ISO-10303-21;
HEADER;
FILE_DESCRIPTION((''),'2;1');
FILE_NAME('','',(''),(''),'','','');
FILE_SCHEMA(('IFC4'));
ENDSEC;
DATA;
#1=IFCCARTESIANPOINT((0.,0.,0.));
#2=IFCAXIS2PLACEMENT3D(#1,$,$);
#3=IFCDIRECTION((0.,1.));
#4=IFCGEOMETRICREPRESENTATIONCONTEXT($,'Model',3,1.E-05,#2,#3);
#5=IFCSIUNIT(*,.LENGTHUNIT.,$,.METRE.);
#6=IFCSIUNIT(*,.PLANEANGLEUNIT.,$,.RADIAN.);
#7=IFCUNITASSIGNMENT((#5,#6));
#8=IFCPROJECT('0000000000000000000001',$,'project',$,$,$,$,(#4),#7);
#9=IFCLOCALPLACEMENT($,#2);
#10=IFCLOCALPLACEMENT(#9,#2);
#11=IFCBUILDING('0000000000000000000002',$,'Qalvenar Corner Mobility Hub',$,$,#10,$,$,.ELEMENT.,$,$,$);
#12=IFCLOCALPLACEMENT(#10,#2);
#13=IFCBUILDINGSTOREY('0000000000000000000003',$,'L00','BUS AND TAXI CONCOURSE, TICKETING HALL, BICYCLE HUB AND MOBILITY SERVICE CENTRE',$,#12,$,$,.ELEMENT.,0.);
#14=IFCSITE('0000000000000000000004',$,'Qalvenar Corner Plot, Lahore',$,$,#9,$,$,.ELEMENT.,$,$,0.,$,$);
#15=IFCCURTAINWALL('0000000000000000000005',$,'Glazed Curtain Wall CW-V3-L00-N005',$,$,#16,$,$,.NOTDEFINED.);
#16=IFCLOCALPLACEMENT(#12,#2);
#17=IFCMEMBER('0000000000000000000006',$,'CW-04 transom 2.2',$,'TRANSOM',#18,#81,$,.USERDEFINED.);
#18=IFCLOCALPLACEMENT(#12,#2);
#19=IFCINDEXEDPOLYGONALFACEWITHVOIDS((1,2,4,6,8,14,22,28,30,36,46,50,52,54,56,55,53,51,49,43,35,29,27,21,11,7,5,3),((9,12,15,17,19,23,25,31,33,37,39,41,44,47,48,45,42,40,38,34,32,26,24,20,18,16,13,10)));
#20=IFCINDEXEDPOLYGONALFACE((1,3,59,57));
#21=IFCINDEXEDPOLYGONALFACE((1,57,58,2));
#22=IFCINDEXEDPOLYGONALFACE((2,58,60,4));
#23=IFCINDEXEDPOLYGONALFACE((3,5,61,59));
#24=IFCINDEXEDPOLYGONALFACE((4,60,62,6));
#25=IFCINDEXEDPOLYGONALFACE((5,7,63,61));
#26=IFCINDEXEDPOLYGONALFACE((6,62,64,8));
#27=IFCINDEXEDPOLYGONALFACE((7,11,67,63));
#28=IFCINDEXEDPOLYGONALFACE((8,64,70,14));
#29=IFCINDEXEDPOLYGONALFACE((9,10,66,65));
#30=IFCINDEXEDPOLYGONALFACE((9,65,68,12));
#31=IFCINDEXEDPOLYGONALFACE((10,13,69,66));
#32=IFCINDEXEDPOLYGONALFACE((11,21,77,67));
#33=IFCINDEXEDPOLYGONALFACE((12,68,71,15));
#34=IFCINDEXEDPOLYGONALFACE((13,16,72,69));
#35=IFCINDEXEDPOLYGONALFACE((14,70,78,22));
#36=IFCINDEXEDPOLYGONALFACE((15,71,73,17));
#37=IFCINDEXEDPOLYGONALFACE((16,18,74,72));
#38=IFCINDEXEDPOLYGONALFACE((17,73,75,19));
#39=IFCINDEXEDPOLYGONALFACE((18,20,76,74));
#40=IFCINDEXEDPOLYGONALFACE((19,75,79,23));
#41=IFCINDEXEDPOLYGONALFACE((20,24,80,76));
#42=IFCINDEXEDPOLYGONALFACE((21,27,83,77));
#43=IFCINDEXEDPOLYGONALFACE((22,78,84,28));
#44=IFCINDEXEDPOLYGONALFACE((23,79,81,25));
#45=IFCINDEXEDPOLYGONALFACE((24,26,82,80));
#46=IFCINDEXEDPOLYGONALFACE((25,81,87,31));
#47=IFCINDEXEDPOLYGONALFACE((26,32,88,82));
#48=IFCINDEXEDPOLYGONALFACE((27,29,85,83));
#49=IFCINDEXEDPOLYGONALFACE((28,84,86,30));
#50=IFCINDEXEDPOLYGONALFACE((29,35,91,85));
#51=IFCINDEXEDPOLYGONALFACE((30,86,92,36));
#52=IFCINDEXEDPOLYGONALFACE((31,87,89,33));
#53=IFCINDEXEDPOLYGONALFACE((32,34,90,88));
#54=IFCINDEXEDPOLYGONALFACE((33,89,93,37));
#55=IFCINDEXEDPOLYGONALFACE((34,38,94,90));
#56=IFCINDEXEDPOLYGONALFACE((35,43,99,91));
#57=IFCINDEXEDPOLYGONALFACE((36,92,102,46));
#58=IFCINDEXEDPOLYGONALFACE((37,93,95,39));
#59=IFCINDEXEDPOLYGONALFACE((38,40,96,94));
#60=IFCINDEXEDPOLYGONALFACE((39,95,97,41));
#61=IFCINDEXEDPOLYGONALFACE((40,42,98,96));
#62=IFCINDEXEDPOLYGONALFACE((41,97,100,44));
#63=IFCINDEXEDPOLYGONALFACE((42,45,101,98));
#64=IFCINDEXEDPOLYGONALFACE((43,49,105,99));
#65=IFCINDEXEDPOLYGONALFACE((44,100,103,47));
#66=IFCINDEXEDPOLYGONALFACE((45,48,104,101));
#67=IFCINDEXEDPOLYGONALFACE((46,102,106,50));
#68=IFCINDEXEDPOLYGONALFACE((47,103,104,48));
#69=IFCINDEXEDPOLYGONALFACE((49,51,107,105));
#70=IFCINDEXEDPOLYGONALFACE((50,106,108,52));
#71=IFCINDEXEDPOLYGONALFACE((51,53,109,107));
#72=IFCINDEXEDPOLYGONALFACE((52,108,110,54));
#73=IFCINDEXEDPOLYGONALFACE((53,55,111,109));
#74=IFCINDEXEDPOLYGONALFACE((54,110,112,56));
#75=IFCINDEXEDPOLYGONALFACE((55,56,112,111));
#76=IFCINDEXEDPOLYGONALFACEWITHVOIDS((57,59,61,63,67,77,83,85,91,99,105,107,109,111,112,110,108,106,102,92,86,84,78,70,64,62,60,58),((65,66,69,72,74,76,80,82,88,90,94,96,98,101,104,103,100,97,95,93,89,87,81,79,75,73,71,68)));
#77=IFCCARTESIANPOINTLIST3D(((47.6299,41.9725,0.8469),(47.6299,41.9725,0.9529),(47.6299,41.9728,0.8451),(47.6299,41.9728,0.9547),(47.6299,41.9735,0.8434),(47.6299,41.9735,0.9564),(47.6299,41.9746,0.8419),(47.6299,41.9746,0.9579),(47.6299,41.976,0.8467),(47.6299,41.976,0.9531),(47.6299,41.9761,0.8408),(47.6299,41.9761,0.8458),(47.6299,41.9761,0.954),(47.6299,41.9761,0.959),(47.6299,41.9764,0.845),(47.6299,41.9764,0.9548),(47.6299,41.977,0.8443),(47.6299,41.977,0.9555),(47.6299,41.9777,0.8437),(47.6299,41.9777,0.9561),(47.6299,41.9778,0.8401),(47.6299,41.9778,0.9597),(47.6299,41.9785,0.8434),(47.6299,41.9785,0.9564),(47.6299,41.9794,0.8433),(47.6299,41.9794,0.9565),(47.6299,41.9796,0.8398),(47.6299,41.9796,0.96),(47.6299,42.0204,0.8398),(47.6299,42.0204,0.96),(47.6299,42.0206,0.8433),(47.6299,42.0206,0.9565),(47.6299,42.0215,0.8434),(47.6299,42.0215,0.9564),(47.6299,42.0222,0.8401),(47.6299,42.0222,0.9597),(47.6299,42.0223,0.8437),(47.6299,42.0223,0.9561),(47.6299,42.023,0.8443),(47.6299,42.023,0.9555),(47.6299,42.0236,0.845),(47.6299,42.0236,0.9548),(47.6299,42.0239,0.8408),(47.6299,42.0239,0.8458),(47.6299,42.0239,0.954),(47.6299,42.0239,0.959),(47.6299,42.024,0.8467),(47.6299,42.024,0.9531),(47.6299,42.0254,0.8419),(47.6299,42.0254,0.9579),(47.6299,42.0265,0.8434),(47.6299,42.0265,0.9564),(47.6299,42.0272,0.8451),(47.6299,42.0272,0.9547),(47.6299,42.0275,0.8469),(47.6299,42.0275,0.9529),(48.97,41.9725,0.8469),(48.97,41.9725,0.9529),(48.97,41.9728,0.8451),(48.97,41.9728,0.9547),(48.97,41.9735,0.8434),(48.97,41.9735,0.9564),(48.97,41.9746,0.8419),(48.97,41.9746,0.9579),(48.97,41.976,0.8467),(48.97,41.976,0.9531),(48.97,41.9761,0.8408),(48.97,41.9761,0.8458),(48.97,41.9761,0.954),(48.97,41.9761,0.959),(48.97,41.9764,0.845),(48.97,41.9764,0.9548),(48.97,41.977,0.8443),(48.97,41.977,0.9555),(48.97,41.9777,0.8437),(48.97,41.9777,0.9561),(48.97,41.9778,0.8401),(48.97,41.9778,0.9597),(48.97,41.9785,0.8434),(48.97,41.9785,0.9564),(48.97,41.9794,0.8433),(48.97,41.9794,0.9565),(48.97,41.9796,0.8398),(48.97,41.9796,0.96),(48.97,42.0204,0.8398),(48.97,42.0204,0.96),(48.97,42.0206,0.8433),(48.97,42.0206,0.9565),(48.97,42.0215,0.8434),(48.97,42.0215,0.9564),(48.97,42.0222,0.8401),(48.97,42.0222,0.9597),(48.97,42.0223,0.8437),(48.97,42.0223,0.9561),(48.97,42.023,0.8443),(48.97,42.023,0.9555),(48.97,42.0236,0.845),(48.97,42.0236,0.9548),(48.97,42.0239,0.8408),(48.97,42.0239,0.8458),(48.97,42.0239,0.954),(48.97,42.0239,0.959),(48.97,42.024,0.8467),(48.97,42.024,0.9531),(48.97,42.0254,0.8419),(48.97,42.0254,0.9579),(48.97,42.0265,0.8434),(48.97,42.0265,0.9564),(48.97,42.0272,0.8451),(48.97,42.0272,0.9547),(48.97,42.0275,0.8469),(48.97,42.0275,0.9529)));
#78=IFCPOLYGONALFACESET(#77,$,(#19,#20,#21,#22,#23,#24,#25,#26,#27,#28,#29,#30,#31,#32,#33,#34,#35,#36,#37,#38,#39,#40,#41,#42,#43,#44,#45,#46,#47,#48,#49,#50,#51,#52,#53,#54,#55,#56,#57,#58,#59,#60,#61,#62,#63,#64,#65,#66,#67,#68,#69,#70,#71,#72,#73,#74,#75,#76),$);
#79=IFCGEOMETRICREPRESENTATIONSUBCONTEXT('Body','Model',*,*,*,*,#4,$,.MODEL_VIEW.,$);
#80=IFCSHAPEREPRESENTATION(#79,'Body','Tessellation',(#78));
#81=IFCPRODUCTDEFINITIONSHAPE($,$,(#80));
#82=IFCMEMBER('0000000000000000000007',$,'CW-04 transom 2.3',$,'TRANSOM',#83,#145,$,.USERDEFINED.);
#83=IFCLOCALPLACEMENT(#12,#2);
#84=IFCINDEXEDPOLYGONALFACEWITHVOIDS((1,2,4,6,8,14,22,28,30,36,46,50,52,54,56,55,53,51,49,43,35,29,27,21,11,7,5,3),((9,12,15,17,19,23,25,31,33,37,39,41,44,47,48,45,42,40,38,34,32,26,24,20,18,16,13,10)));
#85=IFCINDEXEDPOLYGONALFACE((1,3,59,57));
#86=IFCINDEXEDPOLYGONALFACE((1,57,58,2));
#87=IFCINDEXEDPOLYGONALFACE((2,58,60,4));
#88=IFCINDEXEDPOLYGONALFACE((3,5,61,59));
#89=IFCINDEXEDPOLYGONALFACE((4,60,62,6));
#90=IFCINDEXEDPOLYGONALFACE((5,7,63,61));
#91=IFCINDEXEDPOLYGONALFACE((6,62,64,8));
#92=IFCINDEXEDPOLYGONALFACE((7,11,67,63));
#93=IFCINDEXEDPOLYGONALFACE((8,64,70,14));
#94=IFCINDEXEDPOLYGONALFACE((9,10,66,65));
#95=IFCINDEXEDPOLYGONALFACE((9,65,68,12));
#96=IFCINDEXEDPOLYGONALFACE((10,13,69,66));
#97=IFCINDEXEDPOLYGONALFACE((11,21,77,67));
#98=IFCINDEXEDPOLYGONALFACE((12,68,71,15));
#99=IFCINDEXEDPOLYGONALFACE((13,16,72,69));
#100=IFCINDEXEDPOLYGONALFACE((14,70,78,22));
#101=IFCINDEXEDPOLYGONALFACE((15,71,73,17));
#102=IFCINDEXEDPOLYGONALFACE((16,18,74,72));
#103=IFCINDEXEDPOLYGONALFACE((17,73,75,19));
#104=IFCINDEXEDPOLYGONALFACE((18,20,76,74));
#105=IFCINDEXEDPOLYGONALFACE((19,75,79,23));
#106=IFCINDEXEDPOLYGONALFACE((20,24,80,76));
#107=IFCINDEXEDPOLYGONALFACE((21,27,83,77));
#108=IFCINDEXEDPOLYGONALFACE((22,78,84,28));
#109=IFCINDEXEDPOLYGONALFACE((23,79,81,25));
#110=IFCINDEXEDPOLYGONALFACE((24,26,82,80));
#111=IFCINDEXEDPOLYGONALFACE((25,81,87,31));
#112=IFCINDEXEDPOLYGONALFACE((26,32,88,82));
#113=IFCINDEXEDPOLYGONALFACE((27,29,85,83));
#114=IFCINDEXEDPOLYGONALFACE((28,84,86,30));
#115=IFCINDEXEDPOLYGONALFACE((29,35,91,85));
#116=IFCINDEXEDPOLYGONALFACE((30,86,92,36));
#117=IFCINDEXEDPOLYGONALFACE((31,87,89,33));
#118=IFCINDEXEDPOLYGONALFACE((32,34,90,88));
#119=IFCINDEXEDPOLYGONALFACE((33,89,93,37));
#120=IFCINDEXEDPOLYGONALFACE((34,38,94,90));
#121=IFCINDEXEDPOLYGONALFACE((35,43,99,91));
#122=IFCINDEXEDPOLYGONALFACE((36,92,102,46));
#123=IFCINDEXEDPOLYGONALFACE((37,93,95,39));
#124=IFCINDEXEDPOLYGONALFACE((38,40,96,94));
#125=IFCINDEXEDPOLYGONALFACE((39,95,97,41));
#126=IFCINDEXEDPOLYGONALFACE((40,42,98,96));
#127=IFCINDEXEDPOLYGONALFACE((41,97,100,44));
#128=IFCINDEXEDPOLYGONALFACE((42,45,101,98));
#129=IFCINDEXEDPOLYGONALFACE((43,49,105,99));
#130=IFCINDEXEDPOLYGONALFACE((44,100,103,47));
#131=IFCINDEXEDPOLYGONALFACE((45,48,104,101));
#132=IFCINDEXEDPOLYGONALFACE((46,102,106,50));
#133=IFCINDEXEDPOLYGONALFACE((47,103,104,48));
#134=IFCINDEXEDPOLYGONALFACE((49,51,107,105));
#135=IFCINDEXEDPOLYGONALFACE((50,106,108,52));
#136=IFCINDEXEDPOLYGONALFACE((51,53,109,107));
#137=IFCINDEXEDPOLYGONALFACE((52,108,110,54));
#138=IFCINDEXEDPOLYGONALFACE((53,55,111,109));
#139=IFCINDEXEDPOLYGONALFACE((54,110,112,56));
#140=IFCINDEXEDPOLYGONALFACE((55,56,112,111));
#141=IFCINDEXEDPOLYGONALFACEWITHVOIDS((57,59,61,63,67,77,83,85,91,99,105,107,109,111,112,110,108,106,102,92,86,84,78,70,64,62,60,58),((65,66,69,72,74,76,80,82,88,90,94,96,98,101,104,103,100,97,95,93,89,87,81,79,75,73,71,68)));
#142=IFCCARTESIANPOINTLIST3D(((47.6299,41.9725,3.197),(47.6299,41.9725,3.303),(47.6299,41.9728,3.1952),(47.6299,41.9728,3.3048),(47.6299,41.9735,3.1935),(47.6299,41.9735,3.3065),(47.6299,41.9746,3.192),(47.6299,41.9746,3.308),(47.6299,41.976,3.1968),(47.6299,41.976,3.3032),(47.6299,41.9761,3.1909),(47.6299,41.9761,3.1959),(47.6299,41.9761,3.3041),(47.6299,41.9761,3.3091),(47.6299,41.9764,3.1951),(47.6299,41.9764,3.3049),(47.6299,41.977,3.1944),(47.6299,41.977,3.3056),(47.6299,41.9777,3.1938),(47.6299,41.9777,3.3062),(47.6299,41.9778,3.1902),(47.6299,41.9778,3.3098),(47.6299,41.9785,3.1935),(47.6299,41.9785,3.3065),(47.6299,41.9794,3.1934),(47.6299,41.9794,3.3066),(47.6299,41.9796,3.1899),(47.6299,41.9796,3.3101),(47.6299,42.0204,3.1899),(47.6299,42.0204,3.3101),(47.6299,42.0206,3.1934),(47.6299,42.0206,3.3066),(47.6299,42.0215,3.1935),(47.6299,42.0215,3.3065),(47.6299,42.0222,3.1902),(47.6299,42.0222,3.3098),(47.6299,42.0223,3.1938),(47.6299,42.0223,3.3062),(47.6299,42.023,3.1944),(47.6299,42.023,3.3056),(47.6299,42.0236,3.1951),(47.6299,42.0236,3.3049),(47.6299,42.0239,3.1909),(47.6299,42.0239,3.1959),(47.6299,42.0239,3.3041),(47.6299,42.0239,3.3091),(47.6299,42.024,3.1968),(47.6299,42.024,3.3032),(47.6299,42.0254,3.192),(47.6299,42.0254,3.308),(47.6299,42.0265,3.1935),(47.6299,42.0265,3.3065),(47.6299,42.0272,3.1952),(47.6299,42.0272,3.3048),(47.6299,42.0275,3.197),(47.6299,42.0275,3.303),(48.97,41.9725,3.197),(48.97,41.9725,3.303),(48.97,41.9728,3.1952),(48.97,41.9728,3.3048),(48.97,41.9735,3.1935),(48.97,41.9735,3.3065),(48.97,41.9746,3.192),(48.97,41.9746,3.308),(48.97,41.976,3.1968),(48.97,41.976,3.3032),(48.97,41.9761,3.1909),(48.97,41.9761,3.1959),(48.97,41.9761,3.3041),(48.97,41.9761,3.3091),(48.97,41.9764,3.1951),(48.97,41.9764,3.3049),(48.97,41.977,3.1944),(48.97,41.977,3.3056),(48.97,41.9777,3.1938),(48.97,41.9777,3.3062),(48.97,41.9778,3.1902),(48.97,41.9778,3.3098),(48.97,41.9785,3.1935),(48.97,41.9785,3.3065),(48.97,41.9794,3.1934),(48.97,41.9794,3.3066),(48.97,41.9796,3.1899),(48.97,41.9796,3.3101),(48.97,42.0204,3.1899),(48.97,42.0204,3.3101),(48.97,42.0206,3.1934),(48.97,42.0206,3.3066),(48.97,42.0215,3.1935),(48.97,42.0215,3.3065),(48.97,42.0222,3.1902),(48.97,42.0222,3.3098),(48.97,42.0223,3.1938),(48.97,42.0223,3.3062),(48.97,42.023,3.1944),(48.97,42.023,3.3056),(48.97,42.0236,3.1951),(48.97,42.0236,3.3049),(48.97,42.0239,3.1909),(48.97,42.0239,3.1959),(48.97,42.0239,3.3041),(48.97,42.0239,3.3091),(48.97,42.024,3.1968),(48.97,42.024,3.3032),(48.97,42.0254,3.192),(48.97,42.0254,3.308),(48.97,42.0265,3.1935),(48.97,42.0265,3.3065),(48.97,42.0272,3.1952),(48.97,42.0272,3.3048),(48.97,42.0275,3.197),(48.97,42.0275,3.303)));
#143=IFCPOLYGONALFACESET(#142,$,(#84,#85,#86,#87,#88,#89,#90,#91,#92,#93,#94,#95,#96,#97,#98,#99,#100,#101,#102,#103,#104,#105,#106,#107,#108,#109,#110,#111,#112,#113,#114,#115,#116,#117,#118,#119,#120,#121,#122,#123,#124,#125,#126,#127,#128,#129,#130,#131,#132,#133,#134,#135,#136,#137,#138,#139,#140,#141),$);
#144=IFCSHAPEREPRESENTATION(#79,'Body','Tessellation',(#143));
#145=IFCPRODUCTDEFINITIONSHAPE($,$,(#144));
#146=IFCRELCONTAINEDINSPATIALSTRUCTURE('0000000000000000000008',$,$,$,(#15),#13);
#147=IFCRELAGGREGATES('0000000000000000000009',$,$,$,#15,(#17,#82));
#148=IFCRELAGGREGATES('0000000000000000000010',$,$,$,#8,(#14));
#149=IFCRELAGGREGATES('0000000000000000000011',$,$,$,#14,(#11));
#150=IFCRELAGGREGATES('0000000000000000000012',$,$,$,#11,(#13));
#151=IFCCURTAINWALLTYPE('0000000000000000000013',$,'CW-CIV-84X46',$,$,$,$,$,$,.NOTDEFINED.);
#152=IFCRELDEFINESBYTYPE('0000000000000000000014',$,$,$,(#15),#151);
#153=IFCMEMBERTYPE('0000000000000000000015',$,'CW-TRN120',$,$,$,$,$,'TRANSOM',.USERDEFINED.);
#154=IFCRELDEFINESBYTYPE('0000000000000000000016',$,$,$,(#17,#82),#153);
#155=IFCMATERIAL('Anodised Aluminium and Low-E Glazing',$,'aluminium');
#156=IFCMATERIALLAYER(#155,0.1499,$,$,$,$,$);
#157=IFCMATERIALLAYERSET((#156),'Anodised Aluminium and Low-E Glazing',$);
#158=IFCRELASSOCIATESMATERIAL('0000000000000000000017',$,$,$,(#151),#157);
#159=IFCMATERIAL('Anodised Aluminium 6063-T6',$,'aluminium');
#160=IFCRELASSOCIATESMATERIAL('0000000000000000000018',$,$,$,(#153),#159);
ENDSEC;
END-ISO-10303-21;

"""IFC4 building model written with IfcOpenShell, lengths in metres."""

from ifc_helpers import new_model, si_unit, direction, frame, origin, origin_2d, place, context, subcontext, project, spatial, hollow_rectangle, extrude, material, layer, layer_set, material_profile, profile_set, type_object, element, aggregate, save


model = new_model("IFC4")

# Units and contexts
model_context = context("Model", 3, precision=1e-05, world=origin(), true_north=direction((0.0, 1.0)))
body_context = subcontext(model_context, "Body", "Model", "MODEL_VIEW")
ifc_project = project(units=[si_unit("LENGTHUNIT", "METRE"), si_unit("PLANEANGLEUNIT", "RADIAN")], contexts=[model_context])

# Site, building, storey
site_placement = place(None, origin())
site = spatial("IfcSite", under=ifc_project, at=site_placement, Name="Qalvenar Corner Plot, Lahore", CompositionType="ELEMENT", RefElevation=0.0)
building_placement = place(site_placement, origin())
building = spatial("IfcBuilding", under=site, at=building_placement, Name="Qalvenar Corner Mobility Hub", CompositionType="ELEMENT")
storey_placement = place(building_placement, origin())
storey = spatial("IfcBuildingStorey", under=building, at=storey_placement, Name="L00", Description="BUS AND TAXI CONCOURSE, TICKETING HALL, BICYCLE HUB AND MOBILITY SERVICE CENTRE", CompositionType="ELEMENT", Elevation=0.0)

# Curtain wall, members
ifc_material_1 = material(Name="Anodised Aluminium and Low-E Glazing", Category="aluminium")
ifc_layer_1 = layer(ifc_material_1, 0.1499)
ifc_layer_set_1 = layer_set([ifc_layer_1], Name="Anodised Aluminium and Low-E Glazing")
curtain_wall_type = type_object("IfcCurtainWallType", Name="CW-CIV-84X46", PredefinedType="NOTDEFINED", material=ifc_layer_set_1)
curtain_wall_placement = place(storey_placement, origin())
curtain_wall = element("IfcCurtainWall", 1, at=curtain_wall_placement, inside=storey, type_object=curtain_wall_type, Name="Glazed Curtain Wall CW-V3-L00-N005", PredefinedType="NOTDEFINED")
ifc_material_2 = material(Name="Anodised Aluminium 6063-T6", Category="aluminium")
ifc_material_profile_1 = material_profile(ifc_material_2, hollow_rectangle(XDim=0.0549, YDim=0.1201, WallThickness=0.0034, InnerFilletRadius=0.0034, OuterFilletRadius=0.0071, at=origin_2d()), Name="RHS120x55x3.5")
ifc_profile_set_1 = profile_set([ifc_material_profile_1], Name="Anodised Aluminium 6063-T6")
member_type_1 = type_object("IfcMemberType", Name="CW-TRN120", ElementType="TRANSOM", PredefinedType="USERDEFINED", material=ifc_profile_set_1)
member_1_placement = place(storey_placement, frame((48.97, 42.0, 0.8999), z_axis=(-1.0, 0.0, 0.0), x_axis=(0.0, -1.0, 0.0)))
member_1 = element("IfcMember", 2, at=member_1_placement, type_object=member_type_1, Name="CW-04 transom 2.2", ObjectType="TRANSOM", PredefinedType="USERDEFINED", context=body_context, shape_type="SweptSolid", body=[
    extrude(hollow_rectangle(XDim=0.0549, YDim=0.1201, WallThickness=0.0034, InnerFilletRadius=0.0034, OuterFilletRadius=0.0071, at=origin_2d()), origin(), (0.0, 0.0, 1.0), 1.3401),
])
member_2_placement = place(storey_placement, frame((48.97, 42.0, 3.25), z_axis=(-1.0, 0.0, 0.0), x_axis=(0.0, -1.0, 0.0)))
member_2 = element("IfcMember", 3, at=member_2_placement, type_object=member_type_1, Name="CW-04 transom 2.3", ObjectType="TRANSOM", PredefinedType="USERDEFINED", context=body_context, shape_type="SweptSolid", body=[
    extrude(hollow_rectangle(XDim=0.0549, YDim=0.1201, WallThickness=0.0034, InnerFilletRadius=0.0034, OuterFilletRadius=0.0071, at=origin_2d()), origin(), (0.0, 0.0, 1.0), 1.3401),
])
aggregate(curtain_wall, [member_1, member_2])

save(model, "model.ifc")
